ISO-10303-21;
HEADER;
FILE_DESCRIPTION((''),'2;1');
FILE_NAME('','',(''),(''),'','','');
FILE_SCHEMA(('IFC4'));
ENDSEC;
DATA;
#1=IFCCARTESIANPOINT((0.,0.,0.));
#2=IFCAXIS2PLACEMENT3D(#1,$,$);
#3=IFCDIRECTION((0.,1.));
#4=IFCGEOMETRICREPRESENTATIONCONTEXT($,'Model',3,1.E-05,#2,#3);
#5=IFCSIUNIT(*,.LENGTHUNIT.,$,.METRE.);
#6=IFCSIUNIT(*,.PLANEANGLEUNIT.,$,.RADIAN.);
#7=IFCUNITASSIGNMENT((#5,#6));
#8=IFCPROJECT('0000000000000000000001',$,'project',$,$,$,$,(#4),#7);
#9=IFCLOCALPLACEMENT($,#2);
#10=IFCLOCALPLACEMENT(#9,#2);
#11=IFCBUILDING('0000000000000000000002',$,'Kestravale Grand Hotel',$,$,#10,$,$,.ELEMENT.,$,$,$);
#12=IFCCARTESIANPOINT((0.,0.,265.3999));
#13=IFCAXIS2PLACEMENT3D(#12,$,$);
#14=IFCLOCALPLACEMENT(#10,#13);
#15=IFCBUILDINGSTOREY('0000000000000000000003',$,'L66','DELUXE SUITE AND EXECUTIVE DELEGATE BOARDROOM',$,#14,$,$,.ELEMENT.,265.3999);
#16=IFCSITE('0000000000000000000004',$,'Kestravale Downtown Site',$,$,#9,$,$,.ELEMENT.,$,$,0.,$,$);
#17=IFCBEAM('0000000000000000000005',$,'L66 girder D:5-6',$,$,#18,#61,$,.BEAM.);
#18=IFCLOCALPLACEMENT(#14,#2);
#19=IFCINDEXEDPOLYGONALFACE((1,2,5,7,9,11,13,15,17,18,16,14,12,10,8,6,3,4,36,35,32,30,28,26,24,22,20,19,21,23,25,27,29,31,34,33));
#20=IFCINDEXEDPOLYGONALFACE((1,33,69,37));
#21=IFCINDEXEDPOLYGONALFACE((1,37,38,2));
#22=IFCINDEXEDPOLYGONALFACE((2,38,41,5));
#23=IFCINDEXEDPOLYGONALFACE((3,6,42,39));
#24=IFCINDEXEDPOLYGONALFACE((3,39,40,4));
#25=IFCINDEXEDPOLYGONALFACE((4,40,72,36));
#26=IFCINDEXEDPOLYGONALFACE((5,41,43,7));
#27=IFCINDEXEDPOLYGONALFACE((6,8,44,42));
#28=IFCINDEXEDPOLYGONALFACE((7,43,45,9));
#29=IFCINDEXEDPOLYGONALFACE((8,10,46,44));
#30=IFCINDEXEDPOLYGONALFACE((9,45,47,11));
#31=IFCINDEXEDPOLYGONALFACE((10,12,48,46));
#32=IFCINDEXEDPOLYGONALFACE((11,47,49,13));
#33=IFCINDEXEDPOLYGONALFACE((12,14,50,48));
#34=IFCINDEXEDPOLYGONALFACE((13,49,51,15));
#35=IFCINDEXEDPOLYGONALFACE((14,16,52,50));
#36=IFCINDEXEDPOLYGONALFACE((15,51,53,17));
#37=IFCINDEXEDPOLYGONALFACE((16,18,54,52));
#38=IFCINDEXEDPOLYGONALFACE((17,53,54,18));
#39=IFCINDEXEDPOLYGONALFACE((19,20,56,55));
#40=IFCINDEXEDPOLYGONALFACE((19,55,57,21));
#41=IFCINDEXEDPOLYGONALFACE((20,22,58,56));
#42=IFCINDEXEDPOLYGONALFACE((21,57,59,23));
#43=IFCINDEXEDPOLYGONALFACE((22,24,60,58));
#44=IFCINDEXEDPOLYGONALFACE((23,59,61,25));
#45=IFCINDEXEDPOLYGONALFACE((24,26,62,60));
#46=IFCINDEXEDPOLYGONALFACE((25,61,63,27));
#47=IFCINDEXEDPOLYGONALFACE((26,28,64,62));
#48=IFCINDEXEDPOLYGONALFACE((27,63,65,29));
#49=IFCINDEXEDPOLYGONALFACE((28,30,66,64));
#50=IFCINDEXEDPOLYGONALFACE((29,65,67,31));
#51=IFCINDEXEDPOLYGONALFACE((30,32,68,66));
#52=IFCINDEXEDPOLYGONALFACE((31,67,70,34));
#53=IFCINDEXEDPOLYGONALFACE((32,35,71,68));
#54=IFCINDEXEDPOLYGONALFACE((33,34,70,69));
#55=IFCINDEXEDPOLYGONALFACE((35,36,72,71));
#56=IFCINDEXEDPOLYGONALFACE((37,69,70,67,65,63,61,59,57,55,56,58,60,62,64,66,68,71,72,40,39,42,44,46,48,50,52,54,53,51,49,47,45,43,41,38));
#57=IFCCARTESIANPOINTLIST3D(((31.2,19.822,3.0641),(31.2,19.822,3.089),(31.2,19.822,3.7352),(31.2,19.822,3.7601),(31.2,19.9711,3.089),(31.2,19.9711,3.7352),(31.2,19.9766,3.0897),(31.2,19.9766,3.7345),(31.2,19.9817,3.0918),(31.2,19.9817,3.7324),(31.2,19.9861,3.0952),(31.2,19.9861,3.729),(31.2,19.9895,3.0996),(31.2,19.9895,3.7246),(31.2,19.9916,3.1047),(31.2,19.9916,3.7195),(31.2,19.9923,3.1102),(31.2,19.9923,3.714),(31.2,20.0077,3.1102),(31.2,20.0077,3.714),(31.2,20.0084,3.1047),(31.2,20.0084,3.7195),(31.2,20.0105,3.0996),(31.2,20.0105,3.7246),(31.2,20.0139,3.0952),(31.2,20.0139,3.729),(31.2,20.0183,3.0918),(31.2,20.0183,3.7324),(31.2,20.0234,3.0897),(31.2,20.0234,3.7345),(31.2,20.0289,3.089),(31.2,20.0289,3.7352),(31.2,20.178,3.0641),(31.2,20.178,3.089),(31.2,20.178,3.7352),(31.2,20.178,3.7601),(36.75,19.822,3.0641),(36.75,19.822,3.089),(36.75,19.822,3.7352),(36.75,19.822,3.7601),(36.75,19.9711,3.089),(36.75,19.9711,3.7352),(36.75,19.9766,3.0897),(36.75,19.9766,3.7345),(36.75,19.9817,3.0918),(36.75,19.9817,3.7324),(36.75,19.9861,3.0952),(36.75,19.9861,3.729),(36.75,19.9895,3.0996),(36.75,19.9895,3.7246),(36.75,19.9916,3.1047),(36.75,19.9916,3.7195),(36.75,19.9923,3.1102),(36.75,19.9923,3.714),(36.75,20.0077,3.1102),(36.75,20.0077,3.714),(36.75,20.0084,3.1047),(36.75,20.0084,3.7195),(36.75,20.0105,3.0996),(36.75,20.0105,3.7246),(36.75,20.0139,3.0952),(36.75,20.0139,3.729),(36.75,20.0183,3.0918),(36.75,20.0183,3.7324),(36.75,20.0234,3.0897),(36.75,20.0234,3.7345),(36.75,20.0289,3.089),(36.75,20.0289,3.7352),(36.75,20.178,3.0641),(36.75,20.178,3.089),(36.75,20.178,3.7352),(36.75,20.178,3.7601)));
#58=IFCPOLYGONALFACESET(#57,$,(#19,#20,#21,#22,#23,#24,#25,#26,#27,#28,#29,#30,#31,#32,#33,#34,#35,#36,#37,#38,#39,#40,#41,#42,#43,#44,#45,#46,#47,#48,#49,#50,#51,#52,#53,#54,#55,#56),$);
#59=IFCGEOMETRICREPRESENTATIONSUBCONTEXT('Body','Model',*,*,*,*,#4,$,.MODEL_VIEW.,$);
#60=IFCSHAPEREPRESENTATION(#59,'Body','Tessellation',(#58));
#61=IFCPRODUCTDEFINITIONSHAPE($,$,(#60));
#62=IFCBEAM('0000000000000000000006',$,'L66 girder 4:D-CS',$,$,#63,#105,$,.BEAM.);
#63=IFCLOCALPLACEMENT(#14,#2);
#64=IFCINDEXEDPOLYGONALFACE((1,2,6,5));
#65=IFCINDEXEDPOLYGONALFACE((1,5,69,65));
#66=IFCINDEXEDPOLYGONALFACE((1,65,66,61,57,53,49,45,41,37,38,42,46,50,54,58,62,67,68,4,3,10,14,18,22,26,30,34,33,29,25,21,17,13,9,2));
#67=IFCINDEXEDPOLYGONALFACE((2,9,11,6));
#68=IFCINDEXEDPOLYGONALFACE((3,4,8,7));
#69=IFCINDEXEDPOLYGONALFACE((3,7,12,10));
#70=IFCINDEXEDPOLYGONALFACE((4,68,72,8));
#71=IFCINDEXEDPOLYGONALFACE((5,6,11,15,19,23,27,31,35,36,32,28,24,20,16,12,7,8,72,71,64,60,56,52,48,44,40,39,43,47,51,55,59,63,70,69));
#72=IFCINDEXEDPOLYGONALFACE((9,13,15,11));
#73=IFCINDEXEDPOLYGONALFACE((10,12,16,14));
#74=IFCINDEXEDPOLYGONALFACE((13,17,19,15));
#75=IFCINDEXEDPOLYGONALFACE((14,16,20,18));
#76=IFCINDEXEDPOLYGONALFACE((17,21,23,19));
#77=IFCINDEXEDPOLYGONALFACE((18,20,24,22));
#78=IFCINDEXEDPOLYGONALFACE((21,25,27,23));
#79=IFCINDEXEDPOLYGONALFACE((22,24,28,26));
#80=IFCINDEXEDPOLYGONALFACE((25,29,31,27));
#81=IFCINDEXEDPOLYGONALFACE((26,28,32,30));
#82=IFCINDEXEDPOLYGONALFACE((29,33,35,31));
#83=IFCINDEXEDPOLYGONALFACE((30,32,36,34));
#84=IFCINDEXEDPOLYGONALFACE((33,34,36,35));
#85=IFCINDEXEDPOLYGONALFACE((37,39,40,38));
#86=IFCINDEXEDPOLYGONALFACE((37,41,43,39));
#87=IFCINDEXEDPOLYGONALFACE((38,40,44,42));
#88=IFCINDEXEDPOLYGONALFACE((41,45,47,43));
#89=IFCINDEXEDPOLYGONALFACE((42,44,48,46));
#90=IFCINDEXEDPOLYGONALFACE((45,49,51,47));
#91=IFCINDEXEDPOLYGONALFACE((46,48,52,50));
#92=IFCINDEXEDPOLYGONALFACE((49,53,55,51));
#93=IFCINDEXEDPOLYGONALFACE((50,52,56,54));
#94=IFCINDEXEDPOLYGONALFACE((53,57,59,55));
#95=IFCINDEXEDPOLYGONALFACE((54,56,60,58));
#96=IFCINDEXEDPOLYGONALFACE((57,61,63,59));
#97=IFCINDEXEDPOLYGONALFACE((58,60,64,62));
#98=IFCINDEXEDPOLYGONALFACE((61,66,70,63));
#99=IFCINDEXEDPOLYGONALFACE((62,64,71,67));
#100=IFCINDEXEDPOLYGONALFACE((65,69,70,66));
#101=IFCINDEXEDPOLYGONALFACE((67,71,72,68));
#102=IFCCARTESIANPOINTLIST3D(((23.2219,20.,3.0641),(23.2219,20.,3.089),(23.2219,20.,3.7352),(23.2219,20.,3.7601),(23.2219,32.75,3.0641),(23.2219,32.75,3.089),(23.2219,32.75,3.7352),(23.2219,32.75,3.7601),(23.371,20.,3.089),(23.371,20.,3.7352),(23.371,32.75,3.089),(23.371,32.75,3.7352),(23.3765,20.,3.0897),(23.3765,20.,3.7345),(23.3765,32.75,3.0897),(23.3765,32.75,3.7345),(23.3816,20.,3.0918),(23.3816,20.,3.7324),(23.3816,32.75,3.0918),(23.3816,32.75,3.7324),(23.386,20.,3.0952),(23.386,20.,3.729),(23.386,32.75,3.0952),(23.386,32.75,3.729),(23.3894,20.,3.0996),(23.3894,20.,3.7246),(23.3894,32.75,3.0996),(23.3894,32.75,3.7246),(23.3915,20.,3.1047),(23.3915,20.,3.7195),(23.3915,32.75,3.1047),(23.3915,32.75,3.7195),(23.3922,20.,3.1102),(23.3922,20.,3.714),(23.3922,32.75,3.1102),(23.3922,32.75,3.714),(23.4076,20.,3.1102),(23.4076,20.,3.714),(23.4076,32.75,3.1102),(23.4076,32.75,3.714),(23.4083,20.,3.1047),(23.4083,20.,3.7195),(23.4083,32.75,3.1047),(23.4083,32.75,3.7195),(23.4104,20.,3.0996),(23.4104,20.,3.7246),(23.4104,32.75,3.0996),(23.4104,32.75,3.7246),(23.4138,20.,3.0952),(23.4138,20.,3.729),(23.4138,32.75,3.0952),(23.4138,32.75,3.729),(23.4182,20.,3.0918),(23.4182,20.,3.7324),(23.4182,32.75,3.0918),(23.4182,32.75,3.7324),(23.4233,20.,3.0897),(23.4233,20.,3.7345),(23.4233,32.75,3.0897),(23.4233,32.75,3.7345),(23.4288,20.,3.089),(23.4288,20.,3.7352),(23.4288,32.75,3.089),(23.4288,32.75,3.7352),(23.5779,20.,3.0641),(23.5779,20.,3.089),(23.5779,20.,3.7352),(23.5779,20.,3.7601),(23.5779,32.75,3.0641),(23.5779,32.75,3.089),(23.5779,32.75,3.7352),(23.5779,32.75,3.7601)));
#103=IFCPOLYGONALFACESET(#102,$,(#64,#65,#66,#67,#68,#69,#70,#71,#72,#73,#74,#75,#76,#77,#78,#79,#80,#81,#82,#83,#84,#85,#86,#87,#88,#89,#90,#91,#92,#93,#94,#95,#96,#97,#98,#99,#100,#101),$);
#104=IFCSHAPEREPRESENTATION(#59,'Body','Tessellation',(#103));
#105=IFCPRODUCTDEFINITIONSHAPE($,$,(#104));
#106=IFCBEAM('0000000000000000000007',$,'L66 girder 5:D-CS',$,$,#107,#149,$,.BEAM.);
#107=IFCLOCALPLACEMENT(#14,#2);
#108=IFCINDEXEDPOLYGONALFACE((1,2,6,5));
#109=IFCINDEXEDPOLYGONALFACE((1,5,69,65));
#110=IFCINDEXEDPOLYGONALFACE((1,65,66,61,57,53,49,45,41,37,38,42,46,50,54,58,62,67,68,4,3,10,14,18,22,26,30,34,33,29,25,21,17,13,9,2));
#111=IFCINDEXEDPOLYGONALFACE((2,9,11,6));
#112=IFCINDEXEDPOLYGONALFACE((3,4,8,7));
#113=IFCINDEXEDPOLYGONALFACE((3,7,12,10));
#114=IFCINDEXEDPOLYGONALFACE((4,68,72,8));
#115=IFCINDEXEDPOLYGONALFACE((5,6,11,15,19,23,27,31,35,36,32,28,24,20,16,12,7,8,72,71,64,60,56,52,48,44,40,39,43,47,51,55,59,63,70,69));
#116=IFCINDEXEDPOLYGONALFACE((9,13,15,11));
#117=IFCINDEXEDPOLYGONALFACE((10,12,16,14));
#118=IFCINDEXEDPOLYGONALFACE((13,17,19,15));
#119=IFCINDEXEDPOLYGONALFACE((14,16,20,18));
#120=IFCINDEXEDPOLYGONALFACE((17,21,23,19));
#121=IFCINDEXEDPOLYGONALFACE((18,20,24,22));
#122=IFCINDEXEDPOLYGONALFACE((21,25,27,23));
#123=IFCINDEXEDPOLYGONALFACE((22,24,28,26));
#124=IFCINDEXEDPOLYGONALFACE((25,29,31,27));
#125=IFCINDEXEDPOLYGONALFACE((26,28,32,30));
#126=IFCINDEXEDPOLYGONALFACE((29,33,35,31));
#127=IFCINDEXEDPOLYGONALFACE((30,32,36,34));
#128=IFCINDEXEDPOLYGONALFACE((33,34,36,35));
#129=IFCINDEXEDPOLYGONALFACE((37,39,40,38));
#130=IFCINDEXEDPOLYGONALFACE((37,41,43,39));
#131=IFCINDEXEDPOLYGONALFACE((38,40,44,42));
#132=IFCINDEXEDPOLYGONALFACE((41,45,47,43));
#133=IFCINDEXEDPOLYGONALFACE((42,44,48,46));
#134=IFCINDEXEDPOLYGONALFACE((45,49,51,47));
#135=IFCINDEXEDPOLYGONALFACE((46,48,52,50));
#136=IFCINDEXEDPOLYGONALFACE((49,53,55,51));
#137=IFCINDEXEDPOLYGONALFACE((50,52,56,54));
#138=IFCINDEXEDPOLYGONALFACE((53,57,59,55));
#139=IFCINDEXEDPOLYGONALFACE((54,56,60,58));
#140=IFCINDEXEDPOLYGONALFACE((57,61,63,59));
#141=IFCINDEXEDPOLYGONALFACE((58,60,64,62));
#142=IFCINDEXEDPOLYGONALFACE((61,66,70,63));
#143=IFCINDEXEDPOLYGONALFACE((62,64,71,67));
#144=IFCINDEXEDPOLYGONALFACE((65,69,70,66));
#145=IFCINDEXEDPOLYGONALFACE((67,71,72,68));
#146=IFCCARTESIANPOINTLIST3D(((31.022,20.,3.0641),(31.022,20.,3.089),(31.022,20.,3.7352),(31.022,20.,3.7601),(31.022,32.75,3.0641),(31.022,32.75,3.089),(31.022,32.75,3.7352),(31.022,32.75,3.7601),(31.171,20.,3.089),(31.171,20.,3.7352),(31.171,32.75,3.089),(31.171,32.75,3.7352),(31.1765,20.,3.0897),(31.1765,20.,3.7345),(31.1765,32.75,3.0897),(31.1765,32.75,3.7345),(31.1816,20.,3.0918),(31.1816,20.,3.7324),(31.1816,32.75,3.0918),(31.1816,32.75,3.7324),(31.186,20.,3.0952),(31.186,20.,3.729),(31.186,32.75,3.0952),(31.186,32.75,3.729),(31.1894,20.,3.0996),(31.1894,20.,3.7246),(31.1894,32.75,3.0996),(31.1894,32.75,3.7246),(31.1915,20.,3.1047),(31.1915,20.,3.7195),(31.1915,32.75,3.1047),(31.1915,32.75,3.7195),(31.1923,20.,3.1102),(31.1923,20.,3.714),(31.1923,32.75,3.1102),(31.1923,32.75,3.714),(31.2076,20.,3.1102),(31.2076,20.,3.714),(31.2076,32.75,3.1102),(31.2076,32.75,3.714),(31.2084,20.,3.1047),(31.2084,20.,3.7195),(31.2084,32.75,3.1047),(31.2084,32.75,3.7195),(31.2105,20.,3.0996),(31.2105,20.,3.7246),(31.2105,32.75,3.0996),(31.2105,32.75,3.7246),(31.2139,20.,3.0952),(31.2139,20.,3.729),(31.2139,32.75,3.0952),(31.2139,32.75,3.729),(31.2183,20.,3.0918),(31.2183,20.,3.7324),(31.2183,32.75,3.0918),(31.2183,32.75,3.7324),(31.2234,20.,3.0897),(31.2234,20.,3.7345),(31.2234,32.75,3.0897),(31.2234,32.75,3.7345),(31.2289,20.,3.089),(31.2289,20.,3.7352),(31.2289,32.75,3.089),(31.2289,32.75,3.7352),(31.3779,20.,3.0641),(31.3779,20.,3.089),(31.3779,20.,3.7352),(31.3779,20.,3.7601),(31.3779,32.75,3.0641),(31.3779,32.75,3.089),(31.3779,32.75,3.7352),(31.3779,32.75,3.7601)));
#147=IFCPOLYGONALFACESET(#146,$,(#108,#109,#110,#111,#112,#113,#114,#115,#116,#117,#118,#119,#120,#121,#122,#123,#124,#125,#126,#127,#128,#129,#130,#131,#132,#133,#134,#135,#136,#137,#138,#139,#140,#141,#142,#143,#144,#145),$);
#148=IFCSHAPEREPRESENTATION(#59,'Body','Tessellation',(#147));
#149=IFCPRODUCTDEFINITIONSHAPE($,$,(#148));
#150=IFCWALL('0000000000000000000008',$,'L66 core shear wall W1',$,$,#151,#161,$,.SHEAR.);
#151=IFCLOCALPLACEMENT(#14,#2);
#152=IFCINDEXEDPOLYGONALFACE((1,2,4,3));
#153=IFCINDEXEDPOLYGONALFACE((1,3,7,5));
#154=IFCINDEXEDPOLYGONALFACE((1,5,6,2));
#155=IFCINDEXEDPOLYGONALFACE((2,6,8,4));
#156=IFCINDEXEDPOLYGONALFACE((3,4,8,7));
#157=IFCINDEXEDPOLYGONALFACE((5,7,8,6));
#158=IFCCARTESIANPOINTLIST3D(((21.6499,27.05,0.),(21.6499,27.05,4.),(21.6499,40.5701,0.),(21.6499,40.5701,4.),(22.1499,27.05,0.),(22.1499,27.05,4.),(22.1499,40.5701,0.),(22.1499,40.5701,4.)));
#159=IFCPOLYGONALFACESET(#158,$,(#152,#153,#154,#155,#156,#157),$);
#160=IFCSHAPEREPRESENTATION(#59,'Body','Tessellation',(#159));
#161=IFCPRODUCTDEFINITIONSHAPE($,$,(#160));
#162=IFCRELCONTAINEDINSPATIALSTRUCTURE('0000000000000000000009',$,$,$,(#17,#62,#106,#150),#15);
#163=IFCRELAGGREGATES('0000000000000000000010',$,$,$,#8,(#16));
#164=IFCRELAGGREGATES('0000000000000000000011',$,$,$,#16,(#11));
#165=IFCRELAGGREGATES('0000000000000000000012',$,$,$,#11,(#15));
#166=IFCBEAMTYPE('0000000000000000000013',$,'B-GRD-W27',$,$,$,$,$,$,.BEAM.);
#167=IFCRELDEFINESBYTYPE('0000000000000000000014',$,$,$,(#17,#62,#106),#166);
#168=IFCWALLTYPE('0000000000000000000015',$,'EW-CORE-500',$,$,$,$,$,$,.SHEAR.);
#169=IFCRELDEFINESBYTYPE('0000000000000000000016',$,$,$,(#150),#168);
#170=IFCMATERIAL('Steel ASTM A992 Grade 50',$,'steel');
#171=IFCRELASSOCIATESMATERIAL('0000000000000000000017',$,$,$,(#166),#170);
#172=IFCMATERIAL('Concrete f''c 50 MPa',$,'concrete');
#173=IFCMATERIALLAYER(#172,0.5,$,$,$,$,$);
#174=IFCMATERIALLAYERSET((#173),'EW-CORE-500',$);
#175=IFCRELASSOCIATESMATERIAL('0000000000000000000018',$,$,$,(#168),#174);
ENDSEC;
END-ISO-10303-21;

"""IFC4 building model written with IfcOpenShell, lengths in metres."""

from ifc_helpers import new_model, si_unit, direction, frame, frame_2d, origin, origin_2d, place, context, subcontext, project, spatial, rectangle, i_section, extrude, material, layer, layer_set, material_profile, profile_set, type_object, element, save


model = new_model("IFC4")

# Units and contexts
model_context = context("Model", 3, precision=1e-05, world=origin(), true_north=direction((0.0, 1.0)))
body_context = subcontext(model_context, "Body", "Model", "MODEL_VIEW")
ifc_project = project(units=[si_unit("LENGTHUNIT", "METRE"), si_unit("PLANEANGLEUNIT", "RADIAN")], contexts=[model_context])

# Site, building, storey
site_placement = place(None, origin())
site = spatial("IfcSite", under=ifc_project, at=site_placement, Name="Kestravale Downtown Site", CompositionType="ELEMENT", RefElevation=0.0)
building_placement = place(site_placement, origin())
building = spatial("IfcBuilding", under=site, at=building_placement, Name="Kestravale Grand Hotel", CompositionType="ELEMENT")
storey_placement = place(building_placement, frame((0.0, 0.0, 265.3999)))
storey = spatial("IfcBuildingStorey", under=building, at=storey_placement, Name="L66", Description="DELUXE SUITE AND EXECUTIVE DELEGATE BOARDROOM", CompositionType="ELEMENT", Elevation=265.3999)

# Beams
ifc_material_1 = material(Name="Steel ASTM A992 Grade 50", Category="steel")
ifc_material_profile_1 = material_profile(ifc_material_1, i_section(OverallWidth=0.356, OverallDepth=0.696, WebThickness=0.0154, FlangeThickness=0.0249, FilletRadius=0.0212, at=origin_2d()))
ifc_profile_set_1 = profile_set([ifc_material_profile_1], Name="Steel ASTM A992 Grade 50")
beam_type = type_object("IfcBeamType", Name="B-GRD-W27", PredefinedType="BEAM", material=ifc_profile_set_1)
beam_1_placement = place(storey_placement, frame((31.2, 20.0, 3.4121), z_axis=(1.0, 0.0, 0.0), x_axis=(0.0, 1.0, 0.0)))
element("IfcBeam", 1, at=beam_1_placement, inside=storey, type_object=beam_type, Name="L66 girder D:5-6", PredefinedType="BEAM", context=body_context, shape_type="SweptSolid", body=[
    extrude(i_section(OverallWidth=0.356, OverallDepth=0.696, WebThickness=0.0154, FlangeThickness=0.0249, FilletRadius=0.0212, at=origin_2d()), origin(), (0.0, 0.0, 1.0), 5.55),
])
for number, where, z_axis, x_axis, name in (
    (2, (23.3999, 20.0, 3.4121), (0.0, 1.0, 0.0), (-1.0, 0.0, 0.0), "L66 girder 4:D-CS"),
    (3, (31.2, 20.0, 3.4121), (0.0, 1.0, 0.0), (-1.0, 0.0, 0.0), "L66 girder 5:D-CS"),
):
    element("IfcBeam", number, at=place(storey_placement, frame(where, z_axis=z_axis, x_axis=x_axis)), inside=storey, type_object=beam_type, Name=name, PredefinedType="BEAM", context=body_context, shape_type="SweptSolid", body=[
        extrude(i_section(OverallWidth=0.356, OverallDepth=0.696, WebThickness=0.0154, FlangeThickness=0.0249, FilletRadius=0.0212, at=origin_2d()), origin(), (0.0, 0.0, 1.0), 12.75),
    ])

# Wall
ifc_material_2 = material(Name="Concrete f'c 50 MPa", Category="concrete")
ifc_layer_1 = layer(ifc_material_2, 0.5)
ifc_layer_set_1 = layer_set([ifc_layer_1], Name="EW-CORE-500")
wall_type_1 = type_object("IfcWallType", Name="EW-CORE-500", PredefinedType="SHEAR", material=ifc_layer_set_1)
wall_1_placement = place(storey_placement, frame((21.8999, 27.05, 0.0), z_axis=(0.0, 0.0, 1.0), x_axis=(0.0, 1.0, 0.0)))
element("IfcWall", 4, at=wall_1_placement, inside=storey, type_object=wall_type_1, Name="L66 core shear wall W1", PredefinedType="SHEAR", context=body_context, shape_type="SweptSolid", body=[
    extrude(rectangle(XDim=13.52, YDim=0.5, at=frame_2d((6.76, 0.0))), origin(), (0.0, 0.0, 1.0), 4.0),
])

save(model, "model.ifc")
